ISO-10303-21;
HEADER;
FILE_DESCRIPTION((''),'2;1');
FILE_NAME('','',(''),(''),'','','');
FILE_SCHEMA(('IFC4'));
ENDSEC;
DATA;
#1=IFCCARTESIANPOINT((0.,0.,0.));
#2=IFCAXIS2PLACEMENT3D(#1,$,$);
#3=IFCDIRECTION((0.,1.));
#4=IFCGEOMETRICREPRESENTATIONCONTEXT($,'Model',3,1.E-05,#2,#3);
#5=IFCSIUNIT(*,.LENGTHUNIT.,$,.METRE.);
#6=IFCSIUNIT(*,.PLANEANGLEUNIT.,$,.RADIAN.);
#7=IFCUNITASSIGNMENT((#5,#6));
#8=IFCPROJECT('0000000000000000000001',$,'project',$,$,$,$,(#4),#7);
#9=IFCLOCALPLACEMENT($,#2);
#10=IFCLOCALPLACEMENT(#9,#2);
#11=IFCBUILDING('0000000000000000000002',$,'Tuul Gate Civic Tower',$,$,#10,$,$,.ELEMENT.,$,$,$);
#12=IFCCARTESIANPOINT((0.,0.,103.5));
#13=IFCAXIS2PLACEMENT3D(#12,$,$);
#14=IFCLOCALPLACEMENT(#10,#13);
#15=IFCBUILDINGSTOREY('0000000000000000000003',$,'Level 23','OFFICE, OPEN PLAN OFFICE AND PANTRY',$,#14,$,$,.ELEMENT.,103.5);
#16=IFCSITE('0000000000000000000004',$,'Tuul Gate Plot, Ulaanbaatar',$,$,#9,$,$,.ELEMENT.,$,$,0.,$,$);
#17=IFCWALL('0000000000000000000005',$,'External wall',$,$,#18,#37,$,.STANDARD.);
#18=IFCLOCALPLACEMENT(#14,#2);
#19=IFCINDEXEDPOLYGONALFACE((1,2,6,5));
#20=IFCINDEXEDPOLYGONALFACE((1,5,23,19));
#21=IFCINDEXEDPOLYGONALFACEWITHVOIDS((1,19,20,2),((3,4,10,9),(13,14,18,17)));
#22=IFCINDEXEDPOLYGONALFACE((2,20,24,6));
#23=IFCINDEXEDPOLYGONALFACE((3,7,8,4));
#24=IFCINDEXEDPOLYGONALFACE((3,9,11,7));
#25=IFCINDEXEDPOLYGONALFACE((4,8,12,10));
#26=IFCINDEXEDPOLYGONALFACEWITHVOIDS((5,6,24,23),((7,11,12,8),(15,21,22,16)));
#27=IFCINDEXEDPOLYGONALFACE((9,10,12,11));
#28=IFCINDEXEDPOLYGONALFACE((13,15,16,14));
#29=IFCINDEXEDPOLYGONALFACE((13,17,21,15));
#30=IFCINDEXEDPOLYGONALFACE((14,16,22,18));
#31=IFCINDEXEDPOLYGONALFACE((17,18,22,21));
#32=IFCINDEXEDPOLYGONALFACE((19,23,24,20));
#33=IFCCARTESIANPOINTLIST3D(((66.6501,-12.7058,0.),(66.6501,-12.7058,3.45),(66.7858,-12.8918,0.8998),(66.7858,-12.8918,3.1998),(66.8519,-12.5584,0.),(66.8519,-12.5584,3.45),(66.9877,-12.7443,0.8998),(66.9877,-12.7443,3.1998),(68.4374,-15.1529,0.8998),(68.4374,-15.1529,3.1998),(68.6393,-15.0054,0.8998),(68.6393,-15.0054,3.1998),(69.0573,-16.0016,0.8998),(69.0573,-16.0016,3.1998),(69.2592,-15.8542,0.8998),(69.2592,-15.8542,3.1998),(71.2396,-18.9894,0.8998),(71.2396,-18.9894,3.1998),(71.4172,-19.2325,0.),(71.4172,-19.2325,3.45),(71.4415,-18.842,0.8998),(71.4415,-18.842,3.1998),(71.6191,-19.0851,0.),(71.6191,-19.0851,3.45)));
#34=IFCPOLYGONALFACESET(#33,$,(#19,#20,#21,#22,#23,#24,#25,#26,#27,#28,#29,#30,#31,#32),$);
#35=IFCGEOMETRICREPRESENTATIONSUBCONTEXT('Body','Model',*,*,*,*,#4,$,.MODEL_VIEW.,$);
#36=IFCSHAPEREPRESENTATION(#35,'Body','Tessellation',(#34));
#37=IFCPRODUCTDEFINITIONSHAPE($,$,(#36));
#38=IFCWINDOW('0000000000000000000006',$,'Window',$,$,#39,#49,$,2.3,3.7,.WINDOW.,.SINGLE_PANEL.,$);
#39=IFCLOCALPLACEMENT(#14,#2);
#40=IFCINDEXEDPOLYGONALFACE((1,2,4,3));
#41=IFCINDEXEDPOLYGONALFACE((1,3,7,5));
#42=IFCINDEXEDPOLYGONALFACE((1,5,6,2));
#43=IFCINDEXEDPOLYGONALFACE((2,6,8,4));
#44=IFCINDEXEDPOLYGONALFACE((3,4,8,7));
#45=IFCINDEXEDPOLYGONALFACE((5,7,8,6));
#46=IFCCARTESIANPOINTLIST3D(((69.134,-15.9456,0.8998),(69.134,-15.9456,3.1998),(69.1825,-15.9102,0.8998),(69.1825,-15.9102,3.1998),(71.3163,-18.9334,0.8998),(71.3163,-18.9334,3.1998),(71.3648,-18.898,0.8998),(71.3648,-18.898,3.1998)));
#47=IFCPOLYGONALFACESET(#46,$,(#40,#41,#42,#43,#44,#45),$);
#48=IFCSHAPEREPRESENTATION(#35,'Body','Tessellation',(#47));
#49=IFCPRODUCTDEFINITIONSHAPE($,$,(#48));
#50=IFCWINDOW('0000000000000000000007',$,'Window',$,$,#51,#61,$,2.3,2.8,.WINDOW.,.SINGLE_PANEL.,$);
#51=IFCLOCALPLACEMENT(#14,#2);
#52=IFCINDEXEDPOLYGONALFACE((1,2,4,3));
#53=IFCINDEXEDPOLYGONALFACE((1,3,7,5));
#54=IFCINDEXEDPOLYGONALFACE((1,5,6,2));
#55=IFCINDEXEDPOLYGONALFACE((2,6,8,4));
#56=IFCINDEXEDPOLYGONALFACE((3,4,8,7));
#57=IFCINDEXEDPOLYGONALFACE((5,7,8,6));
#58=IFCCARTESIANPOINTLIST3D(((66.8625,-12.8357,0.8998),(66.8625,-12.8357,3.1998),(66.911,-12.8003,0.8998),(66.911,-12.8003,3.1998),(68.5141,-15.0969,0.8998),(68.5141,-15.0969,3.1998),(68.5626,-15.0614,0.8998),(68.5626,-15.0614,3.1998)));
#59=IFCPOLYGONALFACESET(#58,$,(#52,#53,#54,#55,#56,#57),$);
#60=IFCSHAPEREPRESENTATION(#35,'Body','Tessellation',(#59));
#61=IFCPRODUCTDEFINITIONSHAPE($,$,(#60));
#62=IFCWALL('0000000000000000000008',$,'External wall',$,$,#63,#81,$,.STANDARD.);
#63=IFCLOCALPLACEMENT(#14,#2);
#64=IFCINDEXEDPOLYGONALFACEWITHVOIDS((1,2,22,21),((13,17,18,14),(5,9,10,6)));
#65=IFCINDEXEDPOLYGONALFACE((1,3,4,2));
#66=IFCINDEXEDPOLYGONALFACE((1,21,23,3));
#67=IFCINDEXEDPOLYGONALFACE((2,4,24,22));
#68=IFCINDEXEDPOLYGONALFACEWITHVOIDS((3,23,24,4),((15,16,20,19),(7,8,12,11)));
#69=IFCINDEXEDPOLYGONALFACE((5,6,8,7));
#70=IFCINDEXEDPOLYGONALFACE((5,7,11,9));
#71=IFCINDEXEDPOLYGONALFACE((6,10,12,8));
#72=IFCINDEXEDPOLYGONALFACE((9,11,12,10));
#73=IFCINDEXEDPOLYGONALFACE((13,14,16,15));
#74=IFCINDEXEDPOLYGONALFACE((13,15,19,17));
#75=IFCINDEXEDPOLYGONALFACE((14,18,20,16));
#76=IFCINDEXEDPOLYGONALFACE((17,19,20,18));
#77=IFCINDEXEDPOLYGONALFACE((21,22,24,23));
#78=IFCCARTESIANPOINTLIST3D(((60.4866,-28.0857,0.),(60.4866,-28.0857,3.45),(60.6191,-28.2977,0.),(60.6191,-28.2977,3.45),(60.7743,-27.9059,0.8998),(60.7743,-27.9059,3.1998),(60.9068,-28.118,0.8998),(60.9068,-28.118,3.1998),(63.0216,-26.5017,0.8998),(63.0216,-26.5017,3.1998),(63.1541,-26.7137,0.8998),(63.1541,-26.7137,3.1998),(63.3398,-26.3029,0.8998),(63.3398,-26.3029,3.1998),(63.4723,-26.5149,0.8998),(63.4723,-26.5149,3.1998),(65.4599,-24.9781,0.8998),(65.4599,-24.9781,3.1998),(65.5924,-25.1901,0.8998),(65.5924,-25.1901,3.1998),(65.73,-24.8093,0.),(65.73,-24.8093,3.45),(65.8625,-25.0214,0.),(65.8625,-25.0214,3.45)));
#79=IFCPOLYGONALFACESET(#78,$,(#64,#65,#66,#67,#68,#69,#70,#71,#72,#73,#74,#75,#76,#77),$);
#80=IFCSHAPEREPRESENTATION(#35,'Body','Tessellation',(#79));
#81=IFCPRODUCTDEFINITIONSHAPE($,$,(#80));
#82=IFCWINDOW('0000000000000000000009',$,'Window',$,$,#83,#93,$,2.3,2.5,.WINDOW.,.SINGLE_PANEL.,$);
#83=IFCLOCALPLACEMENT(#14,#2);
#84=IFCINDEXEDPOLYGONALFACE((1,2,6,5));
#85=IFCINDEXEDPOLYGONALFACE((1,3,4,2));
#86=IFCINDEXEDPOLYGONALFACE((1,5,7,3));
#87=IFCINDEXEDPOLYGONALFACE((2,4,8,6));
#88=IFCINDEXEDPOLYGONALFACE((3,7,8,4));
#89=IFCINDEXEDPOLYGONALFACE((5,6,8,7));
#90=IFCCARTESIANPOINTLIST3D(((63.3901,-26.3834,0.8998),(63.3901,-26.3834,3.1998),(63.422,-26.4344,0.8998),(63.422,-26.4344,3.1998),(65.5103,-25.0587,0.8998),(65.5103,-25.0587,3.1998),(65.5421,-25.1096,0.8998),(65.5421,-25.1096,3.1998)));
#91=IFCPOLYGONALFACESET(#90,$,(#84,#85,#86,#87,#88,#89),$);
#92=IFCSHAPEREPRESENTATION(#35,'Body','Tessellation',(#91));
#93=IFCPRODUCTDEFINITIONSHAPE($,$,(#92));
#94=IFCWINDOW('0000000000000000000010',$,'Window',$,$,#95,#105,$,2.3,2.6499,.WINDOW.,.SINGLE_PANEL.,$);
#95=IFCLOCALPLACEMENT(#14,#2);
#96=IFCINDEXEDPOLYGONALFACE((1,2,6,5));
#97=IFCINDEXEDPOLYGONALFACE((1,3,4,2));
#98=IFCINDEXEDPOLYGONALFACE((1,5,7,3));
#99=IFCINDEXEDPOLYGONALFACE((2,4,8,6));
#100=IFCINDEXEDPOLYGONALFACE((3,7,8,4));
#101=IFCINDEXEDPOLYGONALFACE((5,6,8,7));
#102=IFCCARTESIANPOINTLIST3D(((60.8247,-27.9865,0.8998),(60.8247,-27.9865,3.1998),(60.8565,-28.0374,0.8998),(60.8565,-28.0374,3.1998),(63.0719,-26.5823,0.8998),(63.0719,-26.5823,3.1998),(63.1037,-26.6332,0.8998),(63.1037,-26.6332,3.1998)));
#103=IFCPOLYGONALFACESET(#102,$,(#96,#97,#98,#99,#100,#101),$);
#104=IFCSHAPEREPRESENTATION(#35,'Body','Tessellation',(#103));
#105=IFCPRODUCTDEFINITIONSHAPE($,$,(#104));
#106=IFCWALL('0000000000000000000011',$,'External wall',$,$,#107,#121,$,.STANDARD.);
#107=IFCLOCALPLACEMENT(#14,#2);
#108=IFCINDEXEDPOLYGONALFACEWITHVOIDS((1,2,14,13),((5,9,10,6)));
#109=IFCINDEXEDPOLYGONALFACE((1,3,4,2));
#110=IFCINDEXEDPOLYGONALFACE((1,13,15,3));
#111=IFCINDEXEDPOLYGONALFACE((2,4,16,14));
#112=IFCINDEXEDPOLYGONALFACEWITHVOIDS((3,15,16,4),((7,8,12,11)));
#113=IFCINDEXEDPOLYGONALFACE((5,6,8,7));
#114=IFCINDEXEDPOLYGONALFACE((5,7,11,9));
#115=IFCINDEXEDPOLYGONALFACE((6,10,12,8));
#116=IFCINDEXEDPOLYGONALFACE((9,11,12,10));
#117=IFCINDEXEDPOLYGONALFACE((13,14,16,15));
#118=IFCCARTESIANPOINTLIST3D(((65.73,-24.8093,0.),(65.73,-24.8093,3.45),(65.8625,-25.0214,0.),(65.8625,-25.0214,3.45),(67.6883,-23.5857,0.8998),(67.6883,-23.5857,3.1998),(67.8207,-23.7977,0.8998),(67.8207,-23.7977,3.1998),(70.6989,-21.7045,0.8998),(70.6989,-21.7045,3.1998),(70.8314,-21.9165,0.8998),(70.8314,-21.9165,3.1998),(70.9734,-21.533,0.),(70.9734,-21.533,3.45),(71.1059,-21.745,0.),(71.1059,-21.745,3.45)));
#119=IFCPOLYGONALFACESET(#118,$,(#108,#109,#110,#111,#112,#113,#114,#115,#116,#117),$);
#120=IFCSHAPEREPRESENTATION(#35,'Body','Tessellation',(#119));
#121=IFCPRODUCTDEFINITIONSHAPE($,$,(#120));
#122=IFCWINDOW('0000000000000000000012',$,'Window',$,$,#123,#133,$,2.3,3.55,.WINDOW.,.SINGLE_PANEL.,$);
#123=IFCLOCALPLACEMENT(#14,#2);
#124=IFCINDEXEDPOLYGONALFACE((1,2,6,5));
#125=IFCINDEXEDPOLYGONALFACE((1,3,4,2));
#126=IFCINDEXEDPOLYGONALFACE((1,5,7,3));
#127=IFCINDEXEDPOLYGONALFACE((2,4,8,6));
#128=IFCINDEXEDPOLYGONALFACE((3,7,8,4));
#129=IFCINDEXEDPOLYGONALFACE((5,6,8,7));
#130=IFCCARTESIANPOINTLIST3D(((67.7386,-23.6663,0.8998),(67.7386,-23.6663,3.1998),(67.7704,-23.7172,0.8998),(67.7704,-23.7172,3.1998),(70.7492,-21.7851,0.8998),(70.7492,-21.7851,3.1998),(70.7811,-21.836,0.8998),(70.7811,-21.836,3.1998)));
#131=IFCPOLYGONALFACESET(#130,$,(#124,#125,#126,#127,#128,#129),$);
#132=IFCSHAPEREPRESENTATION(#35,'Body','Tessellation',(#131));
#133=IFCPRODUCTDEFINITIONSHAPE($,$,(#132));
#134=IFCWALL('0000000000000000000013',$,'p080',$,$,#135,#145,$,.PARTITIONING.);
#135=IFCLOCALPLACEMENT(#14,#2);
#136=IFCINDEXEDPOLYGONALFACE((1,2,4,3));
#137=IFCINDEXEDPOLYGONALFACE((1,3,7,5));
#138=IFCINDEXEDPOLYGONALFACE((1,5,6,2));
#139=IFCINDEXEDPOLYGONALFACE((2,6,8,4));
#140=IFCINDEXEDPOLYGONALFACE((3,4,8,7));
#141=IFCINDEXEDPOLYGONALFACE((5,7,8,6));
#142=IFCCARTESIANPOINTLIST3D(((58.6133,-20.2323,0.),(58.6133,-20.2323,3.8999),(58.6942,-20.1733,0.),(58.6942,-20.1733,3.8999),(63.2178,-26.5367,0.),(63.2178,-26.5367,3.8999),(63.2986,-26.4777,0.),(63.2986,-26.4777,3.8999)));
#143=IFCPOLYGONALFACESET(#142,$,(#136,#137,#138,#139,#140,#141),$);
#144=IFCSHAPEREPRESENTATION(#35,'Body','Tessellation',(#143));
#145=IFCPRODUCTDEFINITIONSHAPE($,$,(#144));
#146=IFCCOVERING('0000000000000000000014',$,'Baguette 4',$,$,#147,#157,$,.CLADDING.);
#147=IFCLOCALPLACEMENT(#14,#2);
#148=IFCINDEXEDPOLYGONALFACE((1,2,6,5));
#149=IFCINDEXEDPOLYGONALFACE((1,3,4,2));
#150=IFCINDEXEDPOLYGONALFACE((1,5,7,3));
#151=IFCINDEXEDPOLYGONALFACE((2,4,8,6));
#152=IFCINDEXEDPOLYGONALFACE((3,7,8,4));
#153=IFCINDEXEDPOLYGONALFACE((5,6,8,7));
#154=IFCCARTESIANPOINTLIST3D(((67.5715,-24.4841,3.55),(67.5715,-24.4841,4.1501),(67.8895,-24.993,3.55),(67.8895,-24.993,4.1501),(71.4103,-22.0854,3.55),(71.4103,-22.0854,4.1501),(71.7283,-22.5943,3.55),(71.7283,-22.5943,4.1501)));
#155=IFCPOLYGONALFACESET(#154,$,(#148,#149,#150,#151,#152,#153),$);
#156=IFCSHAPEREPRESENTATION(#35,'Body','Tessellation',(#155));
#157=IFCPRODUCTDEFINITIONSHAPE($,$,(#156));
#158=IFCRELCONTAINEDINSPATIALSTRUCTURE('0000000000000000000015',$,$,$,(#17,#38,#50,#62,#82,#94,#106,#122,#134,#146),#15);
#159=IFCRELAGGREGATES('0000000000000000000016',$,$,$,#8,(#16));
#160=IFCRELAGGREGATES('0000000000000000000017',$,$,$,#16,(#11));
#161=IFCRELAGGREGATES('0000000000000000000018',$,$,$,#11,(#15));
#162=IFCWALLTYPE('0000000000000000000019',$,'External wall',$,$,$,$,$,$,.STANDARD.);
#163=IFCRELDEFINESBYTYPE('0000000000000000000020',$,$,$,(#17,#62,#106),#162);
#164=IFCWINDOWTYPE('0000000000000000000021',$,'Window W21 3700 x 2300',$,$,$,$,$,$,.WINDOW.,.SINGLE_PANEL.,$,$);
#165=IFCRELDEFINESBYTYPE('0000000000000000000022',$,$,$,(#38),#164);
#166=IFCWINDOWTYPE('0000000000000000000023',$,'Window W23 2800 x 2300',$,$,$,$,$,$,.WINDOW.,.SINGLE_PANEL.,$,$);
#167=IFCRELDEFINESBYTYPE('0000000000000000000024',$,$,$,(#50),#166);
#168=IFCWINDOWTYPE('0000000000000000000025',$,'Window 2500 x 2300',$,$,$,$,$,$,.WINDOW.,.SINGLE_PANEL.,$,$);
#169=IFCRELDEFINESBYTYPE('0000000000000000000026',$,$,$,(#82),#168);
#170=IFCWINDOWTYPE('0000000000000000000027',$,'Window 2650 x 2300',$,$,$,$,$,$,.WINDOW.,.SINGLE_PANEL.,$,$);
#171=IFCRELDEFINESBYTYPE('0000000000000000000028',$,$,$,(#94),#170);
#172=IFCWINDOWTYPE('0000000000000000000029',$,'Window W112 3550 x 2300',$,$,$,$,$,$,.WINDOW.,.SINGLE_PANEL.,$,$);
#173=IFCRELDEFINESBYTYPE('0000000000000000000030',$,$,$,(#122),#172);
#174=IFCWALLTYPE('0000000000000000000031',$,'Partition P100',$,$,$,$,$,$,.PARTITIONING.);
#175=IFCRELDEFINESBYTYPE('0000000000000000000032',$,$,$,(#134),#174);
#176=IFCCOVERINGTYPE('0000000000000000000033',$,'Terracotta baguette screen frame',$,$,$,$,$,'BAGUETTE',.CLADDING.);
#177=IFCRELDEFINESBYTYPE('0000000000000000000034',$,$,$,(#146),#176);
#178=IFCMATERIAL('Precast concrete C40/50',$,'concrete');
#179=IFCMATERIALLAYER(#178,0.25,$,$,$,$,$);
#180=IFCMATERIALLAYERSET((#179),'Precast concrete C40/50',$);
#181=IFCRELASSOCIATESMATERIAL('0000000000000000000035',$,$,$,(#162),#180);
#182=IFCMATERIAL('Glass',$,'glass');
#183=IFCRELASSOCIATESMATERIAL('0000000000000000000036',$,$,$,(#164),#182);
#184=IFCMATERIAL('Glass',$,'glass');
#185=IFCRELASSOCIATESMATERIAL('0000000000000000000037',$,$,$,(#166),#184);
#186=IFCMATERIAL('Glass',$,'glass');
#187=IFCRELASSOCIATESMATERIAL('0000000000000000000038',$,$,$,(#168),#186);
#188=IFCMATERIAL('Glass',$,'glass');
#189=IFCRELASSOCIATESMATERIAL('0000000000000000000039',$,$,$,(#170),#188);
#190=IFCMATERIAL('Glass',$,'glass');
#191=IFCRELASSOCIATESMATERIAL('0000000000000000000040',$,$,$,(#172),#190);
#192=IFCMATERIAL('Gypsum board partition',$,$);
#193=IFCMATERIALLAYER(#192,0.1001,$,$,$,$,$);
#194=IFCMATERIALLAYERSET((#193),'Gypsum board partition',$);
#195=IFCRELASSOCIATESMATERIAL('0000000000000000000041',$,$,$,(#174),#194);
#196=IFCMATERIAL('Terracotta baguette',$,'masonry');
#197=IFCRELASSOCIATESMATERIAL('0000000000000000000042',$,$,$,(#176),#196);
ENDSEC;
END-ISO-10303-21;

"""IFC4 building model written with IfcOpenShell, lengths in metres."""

from ifc_helpers import new_model, si_unit, direction, frame, frame_2d, origin, origin_2d, place, context, subcontext, project, spatial, rectangle, extrude, material, layer, layer_set, material_profile, profile_set, type_object, element, fill, save


model = new_model("IFC4")

# Units and contexts
model_context = context("Model", 3, precision=1e-05, world=origin(), true_north=direction((0.0, 1.0)))
body_context = subcontext(model_context, "Body", "Model", "MODEL_VIEW")
ifc_project = project(units=[si_unit("LENGTHUNIT", "METRE"), si_unit("PLANEANGLEUNIT", "RADIAN")], contexts=[model_context])

# Site, building, storey
site_placement = place(None, origin())
site = spatial("IfcSite", under=ifc_project, at=site_placement, Name="Tuul Gate Plot, Ulaanbaatar", CompositionType="ELEMENT", RefElevation=0.0)
building_placement = place(site_placement, origin())
building = spatial("IfcBuilding", under=site, at=building_placement, Name="Tuul Gate Civic Tower", CompositionType="ELEMENT")
storey_placement = place(building_placement, frame((0.0, 0.0, 103.5)))
storey = spatial("IfcBuildingStorey", under=building, at=storey_placement, Name="Level 23", Description="OFFICE, OPEN PLAN OFFICE AND PANTRY", CompositionType="ELEMENT", Elevation=103.5)

# Shared definitions
ifc_material_1 = material(Name="Precast concrete C40/50", Category="concrete")
ifc_layer_1 = layer(ifc_material_1, 0.25)
ifc_layer_set_1 = layer_set([ifc_layer_1], Name="Precast concrete C40/50")
wall_type_1 = type_object("IfcWallType", Name="External wall", PredefinedType="STANDARD", material=ifc_layer_set_1)

# Walls, openings, windows
wall_1_placement = place(storey_placement, frame((71.5181, -19.1587, 0.0), z_axis=(0.0, 0.0, 1.0), x_axis=(-0.589826, 0.80753, 0.0)))
wall_1 = element("IfcWall", 1, at=wall_1_placement, inside=storey, type_object=wall_type_1, Name="External wall", PredefinedType="STANDARD", context=body_context, shape_type="SweptSolid", body=[
    extrude(rectangle(XDim=8.0823, YDim=0.25, at=frame_2d((4.041, 0.0))), origin(), (0.0, 0.0, 1.0), 3.45),
])
opening_1_placement = place(wall_1_placement, frame((0.3008, 0.0, 0.8999)))
opening_1 = element("IfcOpeningElement", 2, at=opening_1_placement, cuts=wall_1, PredefinedType="OPENING", context=body_context, shape_type="SweptSolid", body=[
    extrude(rectangle(XDim=3.7, YDim=2.3, at=frame_2d((1.8501, 1.1499))), frame((0.0, 0.135, 0.0), z_axis=(0.0, -1.0, 0.0), x_axis=(1.0, 0.0, 0.0)), (0.0, 0.0, 1.0), 0.27),
])
opening_2_placement = place(wall_1_placement, frame((5.052, 0.0, 0.8999)))
opening_2 = element("IfcOpeningElement", 3, at=opening_2_placement, cuts=wall_1, PredefinedType="OPENING", context=body_context, shape_type="SweptSolid", body=[
    extrude(rectangle(XDim=2.8, YDim=2.3, at=frame_2d((1.3999, 1.1499))), frame((0.0, 0.135, 0.0), z_axis=(0.0, -1.0, 0.0), x_axis=(1.0, 0.0, 0.0)), (0.0, 0.0, 1.0), 0.27),
])
ifc_material_2 = material(Name="Glass", Category="glass")
window_type_1 = type_object("IfcWindowType", Name="Window W21 3700 x 2300", PartitioningType="SINGLE_PANEL", PredefinedType="WINDOW", material=ifc_material_2)
window_1_placement = place(opening_1_placement, origin())
window_1 = element("IfcWindow", 4, at=window_1_placement, inside=storey, type_object=window_type_1, Name="Window", OverallHeight=2.3, OverallWidth=3.7, PartitioningType="SINGLE_PANEL", PredefinedType="WINDOW", context=body_context, shape_type="SweptSolid", body=[
    extrude(rectangle(XDim=3.7, YDim=2.3, at=frame_2d((1.8501, 1.1499))), frame((0.0, 0.03, 0.0), z_axis=(0.0, -1.0, 0.0), x_axis=(1.0, 0.0, 0.0)), (0.0, 0.0, 1.0), 0.0601),
])
fill(opening_1, window_1)
ifc_material_3 = material(Name="Glass", Category="glass")
window_type_2 = type_object("IfcWindowType", Name="Window W23 2800 x 2300", PartitioningType="SINGLE_PANEL", PredefinedType="WINDOW", material=ifc_material_3)
window_2_placement = place(opening_2_placement, origin())
window_2 = element("IfcWindow", 5, at=window_2_placement, inside=storey, type_object=window_type_2, Name="Window", OverallHeight=2.3, OverallWidth=2.8, PartitioningType="SINGLE_PANEL", PredefinedType="WINDOW", context=body_context, shape_type="SweptSolid", body=[
    extrude(rectangle(XDim=2.8, YDim=2.3, at=frame_2d((1.3999, 1.1499))), frame((0.0, 0.03, 0.0), z_axis=(0.0, -1.0, 0.0), x_axis=(1.0, 0.0, 0.0)), (0.0, 0.0, 1.0), 0.0601),
])
fill(opening_2, window_2)
wall_2_placement = place(storey_placement, frame((60.553, -28.1917, 0.0), z_axis=(0.0, 0.0, 1.0), x_axis=(0.848054, 0.52991, 0.0)))
wall_2 = element("IfcWall", 6, at=wall_2_placement, inside=storey, type_object=wall_type_1, Name="External wall", PredefinedType="STANDARD", context=body_context, shape_type="SweptSolid", body=[
    extrude(rectangle(XDim=6.1829, YDim=0.25, at=frame_2d((3.0913, 0.0))), origin(), (0.0, 0.0, 1.0), 3.45),
])
opening_3_placement = place(wall_2_placement, frame((0.3391, 0.0, 0.8999)))
opening_3 = element("IfcOpeningElement", 7, at=opening_3_placement, cuts=wall_2, PredefinedType="OPENING", context=body_context, shape_type="SweptSolid", body=[
    extrude(rectangle(XDim=2.6499, YDim=2.3, at=frame_2d((1.325, 1.1499))), frame((0.0, 0.135, 0.0), z_axis=(0.0, -1.0, 0.0), x_axis=(1.0, 0.0, 0.0)), (0.0, 0.0, 1.0), 0.27),
])
opening_4_placement = place(wall_2_placement, frame((3.3643, 0.0, 0.8999)))
opening_4 = element("IfcOpeningElement", 8, at=opening_4_placement, cuts=wall_2, PredefinedType="OPENING", context=body_context, shape_type="SweptSolid", body=[
    extrude(rectangle(XDim=2.5, YDim=2.3, at=frame_2d((1.25, 1.1499))), frame((0.0, 0.135, 0.0), z_axis=(0.0, -1.0, 0.0), x_axis=(1.0, 0.0, 0.0)), (0.0, 0.0, 1.0), 0.27),
])
ifc_material_4 = material(Name="Glass", Category="glass")
window_type_3 = type_object("IfcWindowType", Name="Window 2500 x 2300", PartitioningType="SINGLE_PANEL", PredefinedType="WINDOW", material=ifc_material_4)
window_3_placement = place(opening_4_placement, origin())
window_3 = element("IfcWindow", 9, at=window_3_placement, inside=storey, type_object=window_type_3, Name="Window", OverallHeight=2.3, OverallWidth=2.5, PartitioningType="SINGLE_PANEL", PredefinedType="WINDOW", context=body_context, shape_type="SweptSolid", body=[
    extrude(rectangle(XDim=2.5, YDim=2.3, at=frame_2d((1.25, 1.1499))), frame((0.0, 0.03, 0.0), z_axis=(0.0, -1.0, 0.0), x_axis=(1.0, 0.0, 0.0)), (0.0, 0.0, 1.0), 0.0601),
])
fill(opening_4, window_3)
ifc_material_5 = material(Name="Glass", Category="glass")
window_type_4 = type_object("IfcWindowType", Name="Window 2650 x 2300", PartitioningType="SINGLE_PANEL", PredefinedType="WINDOW", material=ifc_material_5)
window_4_placement = place(opening_3_placement, origin())
window_4 = element("IfcWindow", 10, at=window_4_placement, inside=storey, type_object=window_type_4, Name="Window", OverallHeight=2.3, OverallWidth=2.6499, PartitioningType="SINGLE_PANEL", PredefinedType="WINDOW", context=body_context, shape_type="SweptSolid", body=[
    extrude(rectangle(XDim=2.6499, YDim=2.3, at=frame_2d((1.325, 1.1499))), frame((0.0, 0.03, 0.0), z_axis=(0.0, -1.0, 0.0), x_axis=(1.0, 0.0, 0.0)), (0.0, 0.0, 1.0), 0.0601),
])
fill(opening_3, window_4)

# Wall, opening, window
wall_3_placement = place(storey_placement, frame((65.7964, -24.9153, 0.0), z_axis=(0.0, 0.0, 1.0), x_axis=(0.848054, 0.52991, 0.0)))
wall_3 = element("IfcWall", 11, at=wall_3_placement, inside=storey, type_object=wall_type_1, Name="External wall", PredefinedType="STANDARD", context=body_context, shape_type="SweptSolid", body=[
    extrude(rectangle(XDim=6.1829, YDim=0.25, at=frame_2d((3.0913, 0.0))), origin(), (0.0, 0.0, 1.0), 3.45),
])
opening_5_placement = place(wall_3_placement, frame((2.3091, 0.0, 0.8999)))
opening_5 = element("IfcOpeningElement", 12, at=opening_5_placement, cuts=wall_3, PredefinedType="OPENING", context=body_context, shape_type="SweptSolid", body=[
    extrude(rectangle(XDim=3.55, YDim=2.3, at=frame_2d((1.7749, 1.1499))), frame((0.0, 0.135, 0.0), z_axis=(0.0, -1.0, 0.0), x_axis=(1.0, 0.0, 0.0)), (0.0, 0.0, 1.0), 0.27),
])
ifc_material_6 = material(Name="Glass", Category="glass")
window_type_5 = type_object("IfcWindowType", Name="Window W112 3550 x 2300", PartitioningType="SINGLE_PANEL", PredefinedType="WINDOW", material=ifc_material_6)
window_5_placement = place(opening_5_placement, origin())
window_5 = element("IfcWindow", 13, at=window_5_placement, inside=storey, type_object=window_type_5, Name="Window", OverallHeight=2.3, OverallWidth=3.55, PartitioningType="SINGLE_PANEL", PredefinedType="WINDOW", context=body_context, shape_type="SweptSolid", body=[
    extrude(rectangle(XDim=3.55, YDim=2.3, at=frame_2d((1.7749, 1.1499))), frame((0.0, 0.03, 0.0), z_axis=(0.0, -1.0, 0.0), x_axis=(1.0, 0.0, 0.0)), (0.0, 0.0, 1.0), 0.0601),
])
fill(opening_5, window_5)

# Wall
ifc_material_7 = material(Name="Gypsum board partition")
ifc_layer_2 = layer(ifc_material_7, 0.1001)
ifc_layer_set_2 = layer_set([ifc_layer_2], Name="Gypsum board partition")
wall_type_2 = type_object("IfcWallType", Name="Partition P100", PredefinedType="PARTITIONING", material=ifc_layer_set_2)
wall_4_placement = place(storey_placement, frame((58.6538, -20.2029, 0.0), z_axis=(0.0, 0.0, 1.0), x_axis=(0.589799, -0.80755, 0.0)))
element("IfcWall", 14, at=wall_4_placement, inside=storey, type_object=wall_type_2, Name="p080", PredefinedType="PARTITIONING", context=body_context, shape_type="SweptSolid", body=[
    extrude(rectangle(XDim=7.8069, YDim=0.1001, at=frame_2d((3.9033, 0.0))), origin(), (0.0, 0.0, 1.0), 3.8999),
])

# Covering
ifc_material_8 = material(Name="Terracotta baguette", Category="masonry")
ifc_material_profile_1 = material_profile(ifc_material_8, rectangle(XDim=0.6001, YDim=0.6001, at=origin_2d()), Name="Terracotta baguette screen frame")
ifc_profile_set_1 = profile_set([ifc_material_profile_1], Name="Terracotta baguette")
covering_type = type_object("IfcCoveringType", Name="Terracotta baguette screen frame", ElementType="BAGUETTE", PredefinedType="CLADDING", material=ifc_profile_set_1)
covering_1_placement = place(storey_placement, frame((67.7305, -24.7385, 3.8501), z_axis=(0.848059, 0.529902, 0.0), x_axis=(-0.529902, 0.848059, 0.0)))
element("IfcCovering", 15, at=covering_1_placement, inside=storey, type_object=covering_type, Name="Baguette 4", PredefinedType="CLADDING", context=body_context, shape_type="SweptSolid", body=[
    extrude(rectangle(XDim=0.6001, YDim=0.6001, at=origin_2d()), origin(), (0.0, 0.0, 1.0), 4.5266),
])

save(model, "model.ifc")
